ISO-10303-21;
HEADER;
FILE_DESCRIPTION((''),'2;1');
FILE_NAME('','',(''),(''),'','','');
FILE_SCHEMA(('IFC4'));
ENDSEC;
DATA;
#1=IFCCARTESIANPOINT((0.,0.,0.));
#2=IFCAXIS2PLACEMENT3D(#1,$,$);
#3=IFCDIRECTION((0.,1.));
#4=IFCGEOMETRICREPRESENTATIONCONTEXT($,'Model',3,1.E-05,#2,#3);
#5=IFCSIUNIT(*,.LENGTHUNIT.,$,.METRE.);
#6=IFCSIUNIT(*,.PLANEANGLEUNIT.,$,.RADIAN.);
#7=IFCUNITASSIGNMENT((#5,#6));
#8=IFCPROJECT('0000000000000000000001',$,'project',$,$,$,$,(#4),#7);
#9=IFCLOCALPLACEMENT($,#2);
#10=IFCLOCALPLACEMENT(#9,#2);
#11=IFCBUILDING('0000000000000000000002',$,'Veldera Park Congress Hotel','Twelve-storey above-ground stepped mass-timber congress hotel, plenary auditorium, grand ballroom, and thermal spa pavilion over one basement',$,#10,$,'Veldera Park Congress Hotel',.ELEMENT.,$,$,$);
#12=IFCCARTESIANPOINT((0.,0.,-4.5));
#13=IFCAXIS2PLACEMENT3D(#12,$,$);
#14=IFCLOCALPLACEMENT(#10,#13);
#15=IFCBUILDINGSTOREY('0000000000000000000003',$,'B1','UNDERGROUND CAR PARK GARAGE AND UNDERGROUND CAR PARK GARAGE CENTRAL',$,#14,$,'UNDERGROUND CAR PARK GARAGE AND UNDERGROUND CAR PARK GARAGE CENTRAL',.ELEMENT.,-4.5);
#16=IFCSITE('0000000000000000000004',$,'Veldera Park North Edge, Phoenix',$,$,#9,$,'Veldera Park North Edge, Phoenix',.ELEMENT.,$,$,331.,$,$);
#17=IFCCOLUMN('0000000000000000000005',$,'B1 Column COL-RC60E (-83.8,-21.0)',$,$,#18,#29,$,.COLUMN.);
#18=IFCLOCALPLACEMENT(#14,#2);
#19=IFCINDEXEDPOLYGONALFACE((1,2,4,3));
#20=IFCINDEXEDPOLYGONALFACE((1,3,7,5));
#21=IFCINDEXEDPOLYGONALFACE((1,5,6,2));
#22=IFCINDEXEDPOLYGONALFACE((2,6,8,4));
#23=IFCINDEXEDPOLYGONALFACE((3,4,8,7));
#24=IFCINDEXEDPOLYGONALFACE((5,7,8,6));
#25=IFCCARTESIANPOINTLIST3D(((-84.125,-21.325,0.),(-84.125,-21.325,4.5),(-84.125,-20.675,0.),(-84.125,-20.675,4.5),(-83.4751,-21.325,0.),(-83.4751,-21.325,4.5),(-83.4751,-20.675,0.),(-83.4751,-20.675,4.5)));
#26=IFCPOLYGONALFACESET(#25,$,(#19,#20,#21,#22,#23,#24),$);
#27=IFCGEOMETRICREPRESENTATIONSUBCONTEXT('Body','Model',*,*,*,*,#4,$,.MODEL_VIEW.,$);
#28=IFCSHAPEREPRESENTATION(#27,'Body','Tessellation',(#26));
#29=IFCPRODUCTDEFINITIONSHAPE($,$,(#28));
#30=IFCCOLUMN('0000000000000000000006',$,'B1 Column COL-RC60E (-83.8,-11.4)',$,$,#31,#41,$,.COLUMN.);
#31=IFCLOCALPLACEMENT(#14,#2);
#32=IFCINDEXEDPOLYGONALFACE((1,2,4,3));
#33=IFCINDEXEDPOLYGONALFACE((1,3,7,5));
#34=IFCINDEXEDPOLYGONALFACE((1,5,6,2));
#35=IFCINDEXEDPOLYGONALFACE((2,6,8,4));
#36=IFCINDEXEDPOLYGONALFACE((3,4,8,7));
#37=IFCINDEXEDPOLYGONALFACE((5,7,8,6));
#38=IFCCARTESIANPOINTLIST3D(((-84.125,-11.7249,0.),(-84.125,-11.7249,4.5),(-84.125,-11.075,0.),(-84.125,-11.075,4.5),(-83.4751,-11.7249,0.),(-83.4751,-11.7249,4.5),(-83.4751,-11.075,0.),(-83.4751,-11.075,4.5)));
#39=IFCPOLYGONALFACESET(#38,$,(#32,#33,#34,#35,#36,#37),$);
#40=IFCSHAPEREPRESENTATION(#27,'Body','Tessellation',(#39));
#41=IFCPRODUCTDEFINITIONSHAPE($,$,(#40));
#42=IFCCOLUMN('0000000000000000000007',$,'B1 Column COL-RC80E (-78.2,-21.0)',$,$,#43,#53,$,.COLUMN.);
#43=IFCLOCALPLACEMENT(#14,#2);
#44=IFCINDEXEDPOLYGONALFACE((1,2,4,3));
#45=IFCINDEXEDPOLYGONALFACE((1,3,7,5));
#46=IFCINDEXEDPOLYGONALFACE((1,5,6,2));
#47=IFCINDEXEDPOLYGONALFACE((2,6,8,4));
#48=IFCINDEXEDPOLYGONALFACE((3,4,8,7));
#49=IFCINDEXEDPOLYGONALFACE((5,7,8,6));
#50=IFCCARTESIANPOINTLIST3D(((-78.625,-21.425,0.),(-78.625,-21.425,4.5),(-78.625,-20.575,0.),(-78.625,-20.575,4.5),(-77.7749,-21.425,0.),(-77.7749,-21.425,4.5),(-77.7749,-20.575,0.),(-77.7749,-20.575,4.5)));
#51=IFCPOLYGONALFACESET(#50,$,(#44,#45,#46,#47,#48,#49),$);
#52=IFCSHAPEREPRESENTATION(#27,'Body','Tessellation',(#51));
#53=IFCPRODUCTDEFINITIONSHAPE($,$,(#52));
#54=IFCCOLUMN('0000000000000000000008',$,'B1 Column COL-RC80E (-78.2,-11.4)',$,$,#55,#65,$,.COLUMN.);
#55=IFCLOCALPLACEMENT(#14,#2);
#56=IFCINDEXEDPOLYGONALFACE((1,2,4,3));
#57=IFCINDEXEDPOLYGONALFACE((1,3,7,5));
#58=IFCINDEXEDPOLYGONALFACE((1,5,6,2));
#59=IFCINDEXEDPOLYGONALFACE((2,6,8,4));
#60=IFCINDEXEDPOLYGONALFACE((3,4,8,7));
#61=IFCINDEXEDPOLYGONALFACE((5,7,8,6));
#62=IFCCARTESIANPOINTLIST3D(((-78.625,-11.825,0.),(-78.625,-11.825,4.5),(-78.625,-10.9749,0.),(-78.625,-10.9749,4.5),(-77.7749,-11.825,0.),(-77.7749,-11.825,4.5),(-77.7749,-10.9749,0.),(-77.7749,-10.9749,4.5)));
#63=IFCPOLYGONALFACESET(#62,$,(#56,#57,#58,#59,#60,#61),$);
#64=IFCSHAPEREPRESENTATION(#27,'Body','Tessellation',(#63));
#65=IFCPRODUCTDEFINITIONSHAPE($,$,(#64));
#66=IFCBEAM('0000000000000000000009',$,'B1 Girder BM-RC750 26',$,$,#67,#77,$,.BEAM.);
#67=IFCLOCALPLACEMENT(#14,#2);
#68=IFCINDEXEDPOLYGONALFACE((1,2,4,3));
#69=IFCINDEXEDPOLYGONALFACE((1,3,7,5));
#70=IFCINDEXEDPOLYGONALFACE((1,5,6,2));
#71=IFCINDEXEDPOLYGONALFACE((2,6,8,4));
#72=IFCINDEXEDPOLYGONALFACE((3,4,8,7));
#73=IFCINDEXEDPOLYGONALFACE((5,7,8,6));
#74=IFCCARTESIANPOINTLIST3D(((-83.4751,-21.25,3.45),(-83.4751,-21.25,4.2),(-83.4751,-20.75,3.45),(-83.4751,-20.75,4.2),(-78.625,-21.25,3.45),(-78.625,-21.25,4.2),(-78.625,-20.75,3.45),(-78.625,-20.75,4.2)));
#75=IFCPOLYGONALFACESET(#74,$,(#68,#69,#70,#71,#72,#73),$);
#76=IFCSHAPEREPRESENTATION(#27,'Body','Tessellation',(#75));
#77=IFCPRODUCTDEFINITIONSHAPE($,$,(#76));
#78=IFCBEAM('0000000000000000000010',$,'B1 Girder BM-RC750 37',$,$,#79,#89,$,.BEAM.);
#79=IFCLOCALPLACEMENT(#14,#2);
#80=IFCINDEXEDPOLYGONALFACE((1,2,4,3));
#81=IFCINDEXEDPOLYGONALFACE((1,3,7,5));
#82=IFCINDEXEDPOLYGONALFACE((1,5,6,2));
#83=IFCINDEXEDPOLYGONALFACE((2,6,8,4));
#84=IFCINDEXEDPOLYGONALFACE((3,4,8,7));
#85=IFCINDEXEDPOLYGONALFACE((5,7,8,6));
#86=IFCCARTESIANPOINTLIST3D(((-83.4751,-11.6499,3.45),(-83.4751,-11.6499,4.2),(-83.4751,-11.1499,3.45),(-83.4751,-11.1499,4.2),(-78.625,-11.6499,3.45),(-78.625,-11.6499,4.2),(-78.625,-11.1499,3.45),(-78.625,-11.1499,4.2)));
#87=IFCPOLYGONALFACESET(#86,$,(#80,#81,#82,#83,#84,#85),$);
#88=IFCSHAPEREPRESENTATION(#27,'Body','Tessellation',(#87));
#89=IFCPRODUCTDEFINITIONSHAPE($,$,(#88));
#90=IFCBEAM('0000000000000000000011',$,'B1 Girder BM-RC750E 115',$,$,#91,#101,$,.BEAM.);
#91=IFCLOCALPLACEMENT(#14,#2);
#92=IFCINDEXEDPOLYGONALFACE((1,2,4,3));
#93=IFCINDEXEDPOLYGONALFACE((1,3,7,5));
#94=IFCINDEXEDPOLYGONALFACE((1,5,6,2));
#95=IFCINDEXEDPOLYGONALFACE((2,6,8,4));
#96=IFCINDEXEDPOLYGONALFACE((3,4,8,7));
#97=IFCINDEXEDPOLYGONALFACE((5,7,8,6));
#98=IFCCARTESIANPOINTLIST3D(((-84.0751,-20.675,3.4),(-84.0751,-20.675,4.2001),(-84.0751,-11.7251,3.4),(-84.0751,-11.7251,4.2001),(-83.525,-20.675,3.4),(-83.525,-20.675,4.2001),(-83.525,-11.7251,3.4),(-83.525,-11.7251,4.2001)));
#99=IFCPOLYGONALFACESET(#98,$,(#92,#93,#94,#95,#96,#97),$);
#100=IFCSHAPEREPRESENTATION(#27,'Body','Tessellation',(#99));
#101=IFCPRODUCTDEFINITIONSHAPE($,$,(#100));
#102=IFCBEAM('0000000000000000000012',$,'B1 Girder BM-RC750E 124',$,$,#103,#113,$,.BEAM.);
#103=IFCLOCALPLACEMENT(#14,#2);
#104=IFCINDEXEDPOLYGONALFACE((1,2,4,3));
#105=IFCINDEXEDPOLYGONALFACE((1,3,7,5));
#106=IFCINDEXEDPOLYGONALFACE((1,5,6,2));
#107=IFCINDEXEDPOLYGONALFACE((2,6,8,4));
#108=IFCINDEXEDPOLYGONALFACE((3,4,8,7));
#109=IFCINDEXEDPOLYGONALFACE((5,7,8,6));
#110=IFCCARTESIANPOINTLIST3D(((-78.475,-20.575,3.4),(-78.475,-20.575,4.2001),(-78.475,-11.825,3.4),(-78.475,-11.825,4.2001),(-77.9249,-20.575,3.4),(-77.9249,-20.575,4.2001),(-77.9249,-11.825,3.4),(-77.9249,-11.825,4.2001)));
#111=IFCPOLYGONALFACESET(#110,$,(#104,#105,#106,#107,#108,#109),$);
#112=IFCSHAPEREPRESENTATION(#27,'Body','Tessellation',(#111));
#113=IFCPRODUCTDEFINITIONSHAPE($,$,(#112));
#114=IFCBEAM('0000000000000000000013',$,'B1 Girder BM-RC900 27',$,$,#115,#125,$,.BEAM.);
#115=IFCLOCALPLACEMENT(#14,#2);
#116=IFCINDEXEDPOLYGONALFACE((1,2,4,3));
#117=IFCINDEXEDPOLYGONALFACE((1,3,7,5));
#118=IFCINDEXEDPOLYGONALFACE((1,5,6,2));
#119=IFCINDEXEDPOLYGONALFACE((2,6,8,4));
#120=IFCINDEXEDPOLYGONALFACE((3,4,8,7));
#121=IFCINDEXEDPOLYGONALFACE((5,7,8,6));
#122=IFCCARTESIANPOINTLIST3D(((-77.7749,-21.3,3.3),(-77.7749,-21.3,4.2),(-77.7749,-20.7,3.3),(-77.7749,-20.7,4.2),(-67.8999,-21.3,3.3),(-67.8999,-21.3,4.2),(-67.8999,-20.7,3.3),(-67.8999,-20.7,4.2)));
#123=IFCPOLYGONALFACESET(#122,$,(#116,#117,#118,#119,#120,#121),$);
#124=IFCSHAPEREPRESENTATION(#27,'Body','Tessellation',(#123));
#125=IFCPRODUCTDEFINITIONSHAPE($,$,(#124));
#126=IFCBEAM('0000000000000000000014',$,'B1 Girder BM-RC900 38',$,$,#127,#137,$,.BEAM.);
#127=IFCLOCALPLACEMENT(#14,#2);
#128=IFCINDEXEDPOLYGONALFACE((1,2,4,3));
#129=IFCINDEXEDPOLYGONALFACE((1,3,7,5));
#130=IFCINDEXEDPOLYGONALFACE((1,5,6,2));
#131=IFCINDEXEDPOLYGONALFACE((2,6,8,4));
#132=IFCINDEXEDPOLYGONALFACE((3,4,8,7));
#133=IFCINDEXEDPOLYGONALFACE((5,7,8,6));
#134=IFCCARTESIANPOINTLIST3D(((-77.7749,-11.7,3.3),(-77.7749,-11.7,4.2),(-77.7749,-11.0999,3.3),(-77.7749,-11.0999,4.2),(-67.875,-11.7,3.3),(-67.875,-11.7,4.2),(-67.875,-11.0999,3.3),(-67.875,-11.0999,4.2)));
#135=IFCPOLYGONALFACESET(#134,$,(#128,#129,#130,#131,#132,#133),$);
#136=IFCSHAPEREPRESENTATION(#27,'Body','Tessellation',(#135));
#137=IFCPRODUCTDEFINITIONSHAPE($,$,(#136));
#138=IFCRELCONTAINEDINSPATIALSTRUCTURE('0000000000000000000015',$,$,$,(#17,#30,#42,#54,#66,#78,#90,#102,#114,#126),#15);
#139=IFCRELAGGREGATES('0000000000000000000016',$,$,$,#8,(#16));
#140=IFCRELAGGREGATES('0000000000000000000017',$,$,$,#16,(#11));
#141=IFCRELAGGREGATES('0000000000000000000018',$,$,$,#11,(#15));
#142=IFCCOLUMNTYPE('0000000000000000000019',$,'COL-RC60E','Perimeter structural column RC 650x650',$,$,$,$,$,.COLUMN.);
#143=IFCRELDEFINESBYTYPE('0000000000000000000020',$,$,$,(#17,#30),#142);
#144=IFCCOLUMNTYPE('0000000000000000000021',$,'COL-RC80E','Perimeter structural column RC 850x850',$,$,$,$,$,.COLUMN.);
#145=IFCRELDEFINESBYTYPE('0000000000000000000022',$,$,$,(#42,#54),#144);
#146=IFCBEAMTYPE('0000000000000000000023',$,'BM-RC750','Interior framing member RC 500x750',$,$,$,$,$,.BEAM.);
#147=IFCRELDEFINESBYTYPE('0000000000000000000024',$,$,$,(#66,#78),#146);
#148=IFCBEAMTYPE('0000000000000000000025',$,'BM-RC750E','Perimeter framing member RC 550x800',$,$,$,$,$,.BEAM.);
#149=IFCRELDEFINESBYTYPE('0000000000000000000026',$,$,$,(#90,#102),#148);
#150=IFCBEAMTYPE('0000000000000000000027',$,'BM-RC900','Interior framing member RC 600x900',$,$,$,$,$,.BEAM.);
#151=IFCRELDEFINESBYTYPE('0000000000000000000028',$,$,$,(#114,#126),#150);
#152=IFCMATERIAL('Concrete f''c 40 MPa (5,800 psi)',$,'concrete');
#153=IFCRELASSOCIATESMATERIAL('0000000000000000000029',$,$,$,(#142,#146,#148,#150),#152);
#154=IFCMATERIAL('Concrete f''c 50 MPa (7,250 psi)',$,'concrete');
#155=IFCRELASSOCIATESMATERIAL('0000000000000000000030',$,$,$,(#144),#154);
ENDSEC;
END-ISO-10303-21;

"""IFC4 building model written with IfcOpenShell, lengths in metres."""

from ifc_helpers import new_model, si_unit, direction, frame, origin, origin_2d, place, context, subcontext, project, spatial, rectangle, extrude, material, material_profile, profile_set, type_object, element, save


model = new_model("IFC4")

# Units and contexts
model_context = context("Model", 3, precision=1e-05, world=origin(), true_north=direction((0.0, 1.0)))
body_context = subcontext(model_context, "Body", "Model", "MODEL_VIEW")
ifc_project = project(units=[si_unit("LENGTHUNIT", "METRE"), si_unit("PLANEANGLEUNIT", "RADIAN")], contexts=[model_context])

# Site, building, storey
site_placement = place(None, origin())
site = spatial("IfcSite", under=ifc_project, at=site_placement, Name="Veldera Park North Edge, Phoenix", LongName="Veldera Park North Edge, Phoenix", CompositionType="ELEMENT", RefElevation=331.0)
building_placement = place(site_placement, origin())
building = spatial("IfcBuilding", under=site, at=building_placement, Name="Veldera Park Congress Hotel", Description="Twelve-storey above-ground stepped mass-timber congress hotel, plenary auditorium, grand ballroom, and thermal spa pavilion over one basement", LongName="Veldera Park Congress Hotel", CompositionType="ELEMENT")
storey_placement = place(building_placement, frame((0.0, 0.0, -4.5)))
storey = spatial("IfcBuildingStorey", under=building, at=storey_placement, Name="B1", Description="UNDERGROUND CAR PARK GARAGE AND UNDERGROUND CAR PARK GARAGE CENTRAL", LongName="UNDERGROUND CAR PARK GARAGE AND UNDERGROUND CAR PARK GARAGE CENTRAL", CompositionType="ELEMENT", Elevation=-4.5)

# Shared definitions
ifc_material_1 = material(Name="Concrete f'c 40 MPa (5,800 psi)", Category="concrete")

# Columns
ifc_material_profile_1 = material_profile(ifc_material_1, rectangle(XDim=0.6499, YDim=0.6499, at=origin_2d()), Name="RC 650x650")
ifc_profile_set_1 = profile_set([ifc_material_profile_1], Name="Concrete f'c 40 MPa (5,800 psi)")
column_type_1 = type_object("IfcColumnType", Name="COL-RC60E", Description="Perimeter structural column RC 650x650", PredefinedType="COLUMN", material=ifc_profile_set_1)
for number, where, z_axis, x_axis, name in (
    (1, (-83.8, -21.0, 0.0), (0.0, 0.0, 1.0), (1.0, 0.0, 0.0), "B1 Column COL-RC60E (-83.8,-21.0)"),
    (2, (-83.8, -11.3999, 0.0), (0.0, 0.0, 1.0), (1.0, 0.0, 0.0), "B1 Column COL-RC60E (-83.8,-11.4)"),
):
    element("IfcColumn", number, at=place(storey_placement, frame(where, z_axis=z_axis, x_axis=x_axis)), inside=storey, type_object=column_type_1, Name=name, PredefinedType="COLUMN", context=body_context, shape_type="SweptSolid", body=[
        extrude(rectangle(XDim=0.6499, YDim=0.6499, at=origin_2d()), origin(), (0.0, 0.0, 1.0), 4.5),
    ])
ifc_material_2 = material(Name="Concrete f'c 50 MPa (7,250 psi)", Category="concrete")
ifc_material_profile_2 = material_profile(ifc_material_2, rectangle(XDim=0.8501, YDim=0.8501, at=origin_2d()), Name="RC 850x850")
ifc_profile_set_2 = profile_set([ifc_material_profile_2], Name="Concrete f'c 50 MPa (7,250 psi)")
column_type_2 = type_object("IfcColumnType", Name="COL-RC80E", Description="Perimeter structural column RC 850x850", PredefinedType="COLUMN", material=ifc_profile_set_2)
for number, where, z_axis, x_axis, name in (
    (3, (-78.2, -21.0, 0.0), (0.0, 0.0, 1.0), (1.0, 0.0, 0.0), "B1 Column COL-RC80E (-78.2,-21.0)"),
    (4, (-78.2, -11.3999, 0.0), (0.0, 0.0, 1.0), (1.0, 0.0, 0.0), "B1 Column COL-RC80E (-78.2,-11.4)"),
):
    element("IfcColumn", number, at=place(storey_placement, frame(where, z_axis=z_axis, x_axis=x_axis)), inside=storey, type_object=column_type_2, Name=name, PredefinedType="COLUMN", context=body_context, shape_type="SweptSolid", body=[
        extrude(rectangle(XDim=0.8501, YDim=0.8501, at=origin_2d()), origin(), (0.0, 0.0, 1.0), 4.5),
    ])

# Beams
ifc_material_profile_3 = material_profile(ifc_material_1, rectangle(XDim=0.5, YDim=0.75, at=origin_2d()), Name="RC 500x750")
ifc_profile_set_3 = profile_set([ifc_material_profile_3], Name="Concrete f'c 40 MPa (5,800 psi)")
beam_type_1 = type_object("IfcBeamType", Name="BM-RC750", Description="Interior framing member RC 500x750", PredefinedType="BEAM", material=ifc_profile_set_3)
for number, where, z_axis, x_axis, name in (
    (5, (-83.4751, -21.0, 3.825), (1.0, 0.0, 0.0), (0.0, 1.0, 0.0), "B1 Girder BM-RC750 26"),
    (6, (-83.4751, -11.3999, 3.825), (1.0, 0.0, 0.0), (0.0, 1.0, 0.0), "B1 Girder BM-RC750 37"),
):
    element("IfcBeam", number, at=place(storey_placement, frame(where, z_axis=z_axis, x_axis=x_axis)), inside=storey, type_object=beam_type_1, Name=name, PredefinedType="BEAM", context=body_context, shape_type="SweptSolid", body=[
        extrude(rectangle(XDim=0.5, YDim=0.75, at=origin_2d()), origin(), (0.0, 0.0, 1.0), 4.8501),
    ])
ifc_material_profile_4 = material_profile(ifc_material_1, rectangle(XDim=0.55, YDim=0.8, at=origin_2d()), Name="RC 550x800")
ifc_profile_set_4 = profile_set([ifc_material_profile_4], Name="Concrete f'c 40 MPa (5,800 psi)")
beam_type_2 = type_object("IfcBeamType", Name="BM-RC750E", Description="Perimeter framing member RC 550x800", PredefinedType="BEAM", material=ifc_profile_set_4)
beam_1_placement = place(storey_placement, frame((-83.8, -20.675, 3.8), z_axis=(0.0, 1.0, 0.0), x_axis=(-1.0, 0.0, 0.0)))
element("IfcBeam", 7, at=beam_1_placement, inside=storey, type_object=beam_type_2, Name="B1 Girder BM-RC750E 115", PredefinedType="BEAM", context=body_context, shape_type="SweptSolid", body=[
    extrude(rectangle(XDim=0.55, YDim=0.8, at=origin_2d()), origin(), (0.0, 0.0, 1.0), 8.95),
])
beam_2_placement = place(storey_placement, frame((-78.2, -20.575, 3.8), z_axis=(0.0, 1.0, 0.0), x_axis=(-1.0, 0.0, 0.0)))
element("IfcBeam", 8, at=beam_2_placement, inside=storey, type_object=beam_type_2, Name="B1 Girder BM-RC750E 124", PredefinedType="BEAM", context=body_context, shape_type="SweptSolid", body=[
    extrude(rectangle(XDim=0.55, YDim=0.8, at=origin_2d()), origin(), (0.0, 0.0, 1.0), 8.75),
])
ifc_material_profile_5 = material_profile(ifc_material_1, rectangle(XDim=0.6001, YDim=0.8999, at=origin_2d()), Name="RC 600x900")
ifc_profile_set_5 = profile_set([ifc_material_profile_5], Name="Concrete f'c 40 MPa (5,800 psi)")
beam_type_3 = type_object("IfcBeamType", Name="BM-RC900", Description="Interior framing member RC 600x900", PredefinedType="BEAM", material=ifc_profile_set_5)
beam_3_placement = place(storey_placement, frame((-77.7749, -21.0, 3.75), z_axis=(1.0, 0.0, 0.0), x_axis=(0.0, 1.0, 0.0)))
element("IfcBeam", 9, at=beam_3_placement, inside=storey, type_object=beam_type_3, Name="B1 Girder BM-RC900 27", PredefinedType="BEAM", context=body_context, shape_type="SweptSolid", body=[
    extrude(rectangle(XDim=0.6001, YDim=0.8999, at=origin_2d()), origin(), (0.0, 0.0, 1.0), 9.875),
])
beam_4_placement = place(storey_placement, frame((-77.7749, -11.3999, 3.75), z_axis=(1.0, 0.0, 0.0), x_axis=(0.0, 1.0, 0.0)))
element("IfcBeam", 10, at=beam_4_placement, inside=storey, type_object=beam_type_3, Name="B1 Girder BM-RC900 38", PredefinedType="BEAM", context=body_context, shape_type="SweptSolid", body=[
    extrude(rectangle(XDim=0.6001, YDim=0.8999, at=origin_2d()), origin(), (0.0, 0.0, 1.0), 9.8999),
])

save(model, "model.ifc")
